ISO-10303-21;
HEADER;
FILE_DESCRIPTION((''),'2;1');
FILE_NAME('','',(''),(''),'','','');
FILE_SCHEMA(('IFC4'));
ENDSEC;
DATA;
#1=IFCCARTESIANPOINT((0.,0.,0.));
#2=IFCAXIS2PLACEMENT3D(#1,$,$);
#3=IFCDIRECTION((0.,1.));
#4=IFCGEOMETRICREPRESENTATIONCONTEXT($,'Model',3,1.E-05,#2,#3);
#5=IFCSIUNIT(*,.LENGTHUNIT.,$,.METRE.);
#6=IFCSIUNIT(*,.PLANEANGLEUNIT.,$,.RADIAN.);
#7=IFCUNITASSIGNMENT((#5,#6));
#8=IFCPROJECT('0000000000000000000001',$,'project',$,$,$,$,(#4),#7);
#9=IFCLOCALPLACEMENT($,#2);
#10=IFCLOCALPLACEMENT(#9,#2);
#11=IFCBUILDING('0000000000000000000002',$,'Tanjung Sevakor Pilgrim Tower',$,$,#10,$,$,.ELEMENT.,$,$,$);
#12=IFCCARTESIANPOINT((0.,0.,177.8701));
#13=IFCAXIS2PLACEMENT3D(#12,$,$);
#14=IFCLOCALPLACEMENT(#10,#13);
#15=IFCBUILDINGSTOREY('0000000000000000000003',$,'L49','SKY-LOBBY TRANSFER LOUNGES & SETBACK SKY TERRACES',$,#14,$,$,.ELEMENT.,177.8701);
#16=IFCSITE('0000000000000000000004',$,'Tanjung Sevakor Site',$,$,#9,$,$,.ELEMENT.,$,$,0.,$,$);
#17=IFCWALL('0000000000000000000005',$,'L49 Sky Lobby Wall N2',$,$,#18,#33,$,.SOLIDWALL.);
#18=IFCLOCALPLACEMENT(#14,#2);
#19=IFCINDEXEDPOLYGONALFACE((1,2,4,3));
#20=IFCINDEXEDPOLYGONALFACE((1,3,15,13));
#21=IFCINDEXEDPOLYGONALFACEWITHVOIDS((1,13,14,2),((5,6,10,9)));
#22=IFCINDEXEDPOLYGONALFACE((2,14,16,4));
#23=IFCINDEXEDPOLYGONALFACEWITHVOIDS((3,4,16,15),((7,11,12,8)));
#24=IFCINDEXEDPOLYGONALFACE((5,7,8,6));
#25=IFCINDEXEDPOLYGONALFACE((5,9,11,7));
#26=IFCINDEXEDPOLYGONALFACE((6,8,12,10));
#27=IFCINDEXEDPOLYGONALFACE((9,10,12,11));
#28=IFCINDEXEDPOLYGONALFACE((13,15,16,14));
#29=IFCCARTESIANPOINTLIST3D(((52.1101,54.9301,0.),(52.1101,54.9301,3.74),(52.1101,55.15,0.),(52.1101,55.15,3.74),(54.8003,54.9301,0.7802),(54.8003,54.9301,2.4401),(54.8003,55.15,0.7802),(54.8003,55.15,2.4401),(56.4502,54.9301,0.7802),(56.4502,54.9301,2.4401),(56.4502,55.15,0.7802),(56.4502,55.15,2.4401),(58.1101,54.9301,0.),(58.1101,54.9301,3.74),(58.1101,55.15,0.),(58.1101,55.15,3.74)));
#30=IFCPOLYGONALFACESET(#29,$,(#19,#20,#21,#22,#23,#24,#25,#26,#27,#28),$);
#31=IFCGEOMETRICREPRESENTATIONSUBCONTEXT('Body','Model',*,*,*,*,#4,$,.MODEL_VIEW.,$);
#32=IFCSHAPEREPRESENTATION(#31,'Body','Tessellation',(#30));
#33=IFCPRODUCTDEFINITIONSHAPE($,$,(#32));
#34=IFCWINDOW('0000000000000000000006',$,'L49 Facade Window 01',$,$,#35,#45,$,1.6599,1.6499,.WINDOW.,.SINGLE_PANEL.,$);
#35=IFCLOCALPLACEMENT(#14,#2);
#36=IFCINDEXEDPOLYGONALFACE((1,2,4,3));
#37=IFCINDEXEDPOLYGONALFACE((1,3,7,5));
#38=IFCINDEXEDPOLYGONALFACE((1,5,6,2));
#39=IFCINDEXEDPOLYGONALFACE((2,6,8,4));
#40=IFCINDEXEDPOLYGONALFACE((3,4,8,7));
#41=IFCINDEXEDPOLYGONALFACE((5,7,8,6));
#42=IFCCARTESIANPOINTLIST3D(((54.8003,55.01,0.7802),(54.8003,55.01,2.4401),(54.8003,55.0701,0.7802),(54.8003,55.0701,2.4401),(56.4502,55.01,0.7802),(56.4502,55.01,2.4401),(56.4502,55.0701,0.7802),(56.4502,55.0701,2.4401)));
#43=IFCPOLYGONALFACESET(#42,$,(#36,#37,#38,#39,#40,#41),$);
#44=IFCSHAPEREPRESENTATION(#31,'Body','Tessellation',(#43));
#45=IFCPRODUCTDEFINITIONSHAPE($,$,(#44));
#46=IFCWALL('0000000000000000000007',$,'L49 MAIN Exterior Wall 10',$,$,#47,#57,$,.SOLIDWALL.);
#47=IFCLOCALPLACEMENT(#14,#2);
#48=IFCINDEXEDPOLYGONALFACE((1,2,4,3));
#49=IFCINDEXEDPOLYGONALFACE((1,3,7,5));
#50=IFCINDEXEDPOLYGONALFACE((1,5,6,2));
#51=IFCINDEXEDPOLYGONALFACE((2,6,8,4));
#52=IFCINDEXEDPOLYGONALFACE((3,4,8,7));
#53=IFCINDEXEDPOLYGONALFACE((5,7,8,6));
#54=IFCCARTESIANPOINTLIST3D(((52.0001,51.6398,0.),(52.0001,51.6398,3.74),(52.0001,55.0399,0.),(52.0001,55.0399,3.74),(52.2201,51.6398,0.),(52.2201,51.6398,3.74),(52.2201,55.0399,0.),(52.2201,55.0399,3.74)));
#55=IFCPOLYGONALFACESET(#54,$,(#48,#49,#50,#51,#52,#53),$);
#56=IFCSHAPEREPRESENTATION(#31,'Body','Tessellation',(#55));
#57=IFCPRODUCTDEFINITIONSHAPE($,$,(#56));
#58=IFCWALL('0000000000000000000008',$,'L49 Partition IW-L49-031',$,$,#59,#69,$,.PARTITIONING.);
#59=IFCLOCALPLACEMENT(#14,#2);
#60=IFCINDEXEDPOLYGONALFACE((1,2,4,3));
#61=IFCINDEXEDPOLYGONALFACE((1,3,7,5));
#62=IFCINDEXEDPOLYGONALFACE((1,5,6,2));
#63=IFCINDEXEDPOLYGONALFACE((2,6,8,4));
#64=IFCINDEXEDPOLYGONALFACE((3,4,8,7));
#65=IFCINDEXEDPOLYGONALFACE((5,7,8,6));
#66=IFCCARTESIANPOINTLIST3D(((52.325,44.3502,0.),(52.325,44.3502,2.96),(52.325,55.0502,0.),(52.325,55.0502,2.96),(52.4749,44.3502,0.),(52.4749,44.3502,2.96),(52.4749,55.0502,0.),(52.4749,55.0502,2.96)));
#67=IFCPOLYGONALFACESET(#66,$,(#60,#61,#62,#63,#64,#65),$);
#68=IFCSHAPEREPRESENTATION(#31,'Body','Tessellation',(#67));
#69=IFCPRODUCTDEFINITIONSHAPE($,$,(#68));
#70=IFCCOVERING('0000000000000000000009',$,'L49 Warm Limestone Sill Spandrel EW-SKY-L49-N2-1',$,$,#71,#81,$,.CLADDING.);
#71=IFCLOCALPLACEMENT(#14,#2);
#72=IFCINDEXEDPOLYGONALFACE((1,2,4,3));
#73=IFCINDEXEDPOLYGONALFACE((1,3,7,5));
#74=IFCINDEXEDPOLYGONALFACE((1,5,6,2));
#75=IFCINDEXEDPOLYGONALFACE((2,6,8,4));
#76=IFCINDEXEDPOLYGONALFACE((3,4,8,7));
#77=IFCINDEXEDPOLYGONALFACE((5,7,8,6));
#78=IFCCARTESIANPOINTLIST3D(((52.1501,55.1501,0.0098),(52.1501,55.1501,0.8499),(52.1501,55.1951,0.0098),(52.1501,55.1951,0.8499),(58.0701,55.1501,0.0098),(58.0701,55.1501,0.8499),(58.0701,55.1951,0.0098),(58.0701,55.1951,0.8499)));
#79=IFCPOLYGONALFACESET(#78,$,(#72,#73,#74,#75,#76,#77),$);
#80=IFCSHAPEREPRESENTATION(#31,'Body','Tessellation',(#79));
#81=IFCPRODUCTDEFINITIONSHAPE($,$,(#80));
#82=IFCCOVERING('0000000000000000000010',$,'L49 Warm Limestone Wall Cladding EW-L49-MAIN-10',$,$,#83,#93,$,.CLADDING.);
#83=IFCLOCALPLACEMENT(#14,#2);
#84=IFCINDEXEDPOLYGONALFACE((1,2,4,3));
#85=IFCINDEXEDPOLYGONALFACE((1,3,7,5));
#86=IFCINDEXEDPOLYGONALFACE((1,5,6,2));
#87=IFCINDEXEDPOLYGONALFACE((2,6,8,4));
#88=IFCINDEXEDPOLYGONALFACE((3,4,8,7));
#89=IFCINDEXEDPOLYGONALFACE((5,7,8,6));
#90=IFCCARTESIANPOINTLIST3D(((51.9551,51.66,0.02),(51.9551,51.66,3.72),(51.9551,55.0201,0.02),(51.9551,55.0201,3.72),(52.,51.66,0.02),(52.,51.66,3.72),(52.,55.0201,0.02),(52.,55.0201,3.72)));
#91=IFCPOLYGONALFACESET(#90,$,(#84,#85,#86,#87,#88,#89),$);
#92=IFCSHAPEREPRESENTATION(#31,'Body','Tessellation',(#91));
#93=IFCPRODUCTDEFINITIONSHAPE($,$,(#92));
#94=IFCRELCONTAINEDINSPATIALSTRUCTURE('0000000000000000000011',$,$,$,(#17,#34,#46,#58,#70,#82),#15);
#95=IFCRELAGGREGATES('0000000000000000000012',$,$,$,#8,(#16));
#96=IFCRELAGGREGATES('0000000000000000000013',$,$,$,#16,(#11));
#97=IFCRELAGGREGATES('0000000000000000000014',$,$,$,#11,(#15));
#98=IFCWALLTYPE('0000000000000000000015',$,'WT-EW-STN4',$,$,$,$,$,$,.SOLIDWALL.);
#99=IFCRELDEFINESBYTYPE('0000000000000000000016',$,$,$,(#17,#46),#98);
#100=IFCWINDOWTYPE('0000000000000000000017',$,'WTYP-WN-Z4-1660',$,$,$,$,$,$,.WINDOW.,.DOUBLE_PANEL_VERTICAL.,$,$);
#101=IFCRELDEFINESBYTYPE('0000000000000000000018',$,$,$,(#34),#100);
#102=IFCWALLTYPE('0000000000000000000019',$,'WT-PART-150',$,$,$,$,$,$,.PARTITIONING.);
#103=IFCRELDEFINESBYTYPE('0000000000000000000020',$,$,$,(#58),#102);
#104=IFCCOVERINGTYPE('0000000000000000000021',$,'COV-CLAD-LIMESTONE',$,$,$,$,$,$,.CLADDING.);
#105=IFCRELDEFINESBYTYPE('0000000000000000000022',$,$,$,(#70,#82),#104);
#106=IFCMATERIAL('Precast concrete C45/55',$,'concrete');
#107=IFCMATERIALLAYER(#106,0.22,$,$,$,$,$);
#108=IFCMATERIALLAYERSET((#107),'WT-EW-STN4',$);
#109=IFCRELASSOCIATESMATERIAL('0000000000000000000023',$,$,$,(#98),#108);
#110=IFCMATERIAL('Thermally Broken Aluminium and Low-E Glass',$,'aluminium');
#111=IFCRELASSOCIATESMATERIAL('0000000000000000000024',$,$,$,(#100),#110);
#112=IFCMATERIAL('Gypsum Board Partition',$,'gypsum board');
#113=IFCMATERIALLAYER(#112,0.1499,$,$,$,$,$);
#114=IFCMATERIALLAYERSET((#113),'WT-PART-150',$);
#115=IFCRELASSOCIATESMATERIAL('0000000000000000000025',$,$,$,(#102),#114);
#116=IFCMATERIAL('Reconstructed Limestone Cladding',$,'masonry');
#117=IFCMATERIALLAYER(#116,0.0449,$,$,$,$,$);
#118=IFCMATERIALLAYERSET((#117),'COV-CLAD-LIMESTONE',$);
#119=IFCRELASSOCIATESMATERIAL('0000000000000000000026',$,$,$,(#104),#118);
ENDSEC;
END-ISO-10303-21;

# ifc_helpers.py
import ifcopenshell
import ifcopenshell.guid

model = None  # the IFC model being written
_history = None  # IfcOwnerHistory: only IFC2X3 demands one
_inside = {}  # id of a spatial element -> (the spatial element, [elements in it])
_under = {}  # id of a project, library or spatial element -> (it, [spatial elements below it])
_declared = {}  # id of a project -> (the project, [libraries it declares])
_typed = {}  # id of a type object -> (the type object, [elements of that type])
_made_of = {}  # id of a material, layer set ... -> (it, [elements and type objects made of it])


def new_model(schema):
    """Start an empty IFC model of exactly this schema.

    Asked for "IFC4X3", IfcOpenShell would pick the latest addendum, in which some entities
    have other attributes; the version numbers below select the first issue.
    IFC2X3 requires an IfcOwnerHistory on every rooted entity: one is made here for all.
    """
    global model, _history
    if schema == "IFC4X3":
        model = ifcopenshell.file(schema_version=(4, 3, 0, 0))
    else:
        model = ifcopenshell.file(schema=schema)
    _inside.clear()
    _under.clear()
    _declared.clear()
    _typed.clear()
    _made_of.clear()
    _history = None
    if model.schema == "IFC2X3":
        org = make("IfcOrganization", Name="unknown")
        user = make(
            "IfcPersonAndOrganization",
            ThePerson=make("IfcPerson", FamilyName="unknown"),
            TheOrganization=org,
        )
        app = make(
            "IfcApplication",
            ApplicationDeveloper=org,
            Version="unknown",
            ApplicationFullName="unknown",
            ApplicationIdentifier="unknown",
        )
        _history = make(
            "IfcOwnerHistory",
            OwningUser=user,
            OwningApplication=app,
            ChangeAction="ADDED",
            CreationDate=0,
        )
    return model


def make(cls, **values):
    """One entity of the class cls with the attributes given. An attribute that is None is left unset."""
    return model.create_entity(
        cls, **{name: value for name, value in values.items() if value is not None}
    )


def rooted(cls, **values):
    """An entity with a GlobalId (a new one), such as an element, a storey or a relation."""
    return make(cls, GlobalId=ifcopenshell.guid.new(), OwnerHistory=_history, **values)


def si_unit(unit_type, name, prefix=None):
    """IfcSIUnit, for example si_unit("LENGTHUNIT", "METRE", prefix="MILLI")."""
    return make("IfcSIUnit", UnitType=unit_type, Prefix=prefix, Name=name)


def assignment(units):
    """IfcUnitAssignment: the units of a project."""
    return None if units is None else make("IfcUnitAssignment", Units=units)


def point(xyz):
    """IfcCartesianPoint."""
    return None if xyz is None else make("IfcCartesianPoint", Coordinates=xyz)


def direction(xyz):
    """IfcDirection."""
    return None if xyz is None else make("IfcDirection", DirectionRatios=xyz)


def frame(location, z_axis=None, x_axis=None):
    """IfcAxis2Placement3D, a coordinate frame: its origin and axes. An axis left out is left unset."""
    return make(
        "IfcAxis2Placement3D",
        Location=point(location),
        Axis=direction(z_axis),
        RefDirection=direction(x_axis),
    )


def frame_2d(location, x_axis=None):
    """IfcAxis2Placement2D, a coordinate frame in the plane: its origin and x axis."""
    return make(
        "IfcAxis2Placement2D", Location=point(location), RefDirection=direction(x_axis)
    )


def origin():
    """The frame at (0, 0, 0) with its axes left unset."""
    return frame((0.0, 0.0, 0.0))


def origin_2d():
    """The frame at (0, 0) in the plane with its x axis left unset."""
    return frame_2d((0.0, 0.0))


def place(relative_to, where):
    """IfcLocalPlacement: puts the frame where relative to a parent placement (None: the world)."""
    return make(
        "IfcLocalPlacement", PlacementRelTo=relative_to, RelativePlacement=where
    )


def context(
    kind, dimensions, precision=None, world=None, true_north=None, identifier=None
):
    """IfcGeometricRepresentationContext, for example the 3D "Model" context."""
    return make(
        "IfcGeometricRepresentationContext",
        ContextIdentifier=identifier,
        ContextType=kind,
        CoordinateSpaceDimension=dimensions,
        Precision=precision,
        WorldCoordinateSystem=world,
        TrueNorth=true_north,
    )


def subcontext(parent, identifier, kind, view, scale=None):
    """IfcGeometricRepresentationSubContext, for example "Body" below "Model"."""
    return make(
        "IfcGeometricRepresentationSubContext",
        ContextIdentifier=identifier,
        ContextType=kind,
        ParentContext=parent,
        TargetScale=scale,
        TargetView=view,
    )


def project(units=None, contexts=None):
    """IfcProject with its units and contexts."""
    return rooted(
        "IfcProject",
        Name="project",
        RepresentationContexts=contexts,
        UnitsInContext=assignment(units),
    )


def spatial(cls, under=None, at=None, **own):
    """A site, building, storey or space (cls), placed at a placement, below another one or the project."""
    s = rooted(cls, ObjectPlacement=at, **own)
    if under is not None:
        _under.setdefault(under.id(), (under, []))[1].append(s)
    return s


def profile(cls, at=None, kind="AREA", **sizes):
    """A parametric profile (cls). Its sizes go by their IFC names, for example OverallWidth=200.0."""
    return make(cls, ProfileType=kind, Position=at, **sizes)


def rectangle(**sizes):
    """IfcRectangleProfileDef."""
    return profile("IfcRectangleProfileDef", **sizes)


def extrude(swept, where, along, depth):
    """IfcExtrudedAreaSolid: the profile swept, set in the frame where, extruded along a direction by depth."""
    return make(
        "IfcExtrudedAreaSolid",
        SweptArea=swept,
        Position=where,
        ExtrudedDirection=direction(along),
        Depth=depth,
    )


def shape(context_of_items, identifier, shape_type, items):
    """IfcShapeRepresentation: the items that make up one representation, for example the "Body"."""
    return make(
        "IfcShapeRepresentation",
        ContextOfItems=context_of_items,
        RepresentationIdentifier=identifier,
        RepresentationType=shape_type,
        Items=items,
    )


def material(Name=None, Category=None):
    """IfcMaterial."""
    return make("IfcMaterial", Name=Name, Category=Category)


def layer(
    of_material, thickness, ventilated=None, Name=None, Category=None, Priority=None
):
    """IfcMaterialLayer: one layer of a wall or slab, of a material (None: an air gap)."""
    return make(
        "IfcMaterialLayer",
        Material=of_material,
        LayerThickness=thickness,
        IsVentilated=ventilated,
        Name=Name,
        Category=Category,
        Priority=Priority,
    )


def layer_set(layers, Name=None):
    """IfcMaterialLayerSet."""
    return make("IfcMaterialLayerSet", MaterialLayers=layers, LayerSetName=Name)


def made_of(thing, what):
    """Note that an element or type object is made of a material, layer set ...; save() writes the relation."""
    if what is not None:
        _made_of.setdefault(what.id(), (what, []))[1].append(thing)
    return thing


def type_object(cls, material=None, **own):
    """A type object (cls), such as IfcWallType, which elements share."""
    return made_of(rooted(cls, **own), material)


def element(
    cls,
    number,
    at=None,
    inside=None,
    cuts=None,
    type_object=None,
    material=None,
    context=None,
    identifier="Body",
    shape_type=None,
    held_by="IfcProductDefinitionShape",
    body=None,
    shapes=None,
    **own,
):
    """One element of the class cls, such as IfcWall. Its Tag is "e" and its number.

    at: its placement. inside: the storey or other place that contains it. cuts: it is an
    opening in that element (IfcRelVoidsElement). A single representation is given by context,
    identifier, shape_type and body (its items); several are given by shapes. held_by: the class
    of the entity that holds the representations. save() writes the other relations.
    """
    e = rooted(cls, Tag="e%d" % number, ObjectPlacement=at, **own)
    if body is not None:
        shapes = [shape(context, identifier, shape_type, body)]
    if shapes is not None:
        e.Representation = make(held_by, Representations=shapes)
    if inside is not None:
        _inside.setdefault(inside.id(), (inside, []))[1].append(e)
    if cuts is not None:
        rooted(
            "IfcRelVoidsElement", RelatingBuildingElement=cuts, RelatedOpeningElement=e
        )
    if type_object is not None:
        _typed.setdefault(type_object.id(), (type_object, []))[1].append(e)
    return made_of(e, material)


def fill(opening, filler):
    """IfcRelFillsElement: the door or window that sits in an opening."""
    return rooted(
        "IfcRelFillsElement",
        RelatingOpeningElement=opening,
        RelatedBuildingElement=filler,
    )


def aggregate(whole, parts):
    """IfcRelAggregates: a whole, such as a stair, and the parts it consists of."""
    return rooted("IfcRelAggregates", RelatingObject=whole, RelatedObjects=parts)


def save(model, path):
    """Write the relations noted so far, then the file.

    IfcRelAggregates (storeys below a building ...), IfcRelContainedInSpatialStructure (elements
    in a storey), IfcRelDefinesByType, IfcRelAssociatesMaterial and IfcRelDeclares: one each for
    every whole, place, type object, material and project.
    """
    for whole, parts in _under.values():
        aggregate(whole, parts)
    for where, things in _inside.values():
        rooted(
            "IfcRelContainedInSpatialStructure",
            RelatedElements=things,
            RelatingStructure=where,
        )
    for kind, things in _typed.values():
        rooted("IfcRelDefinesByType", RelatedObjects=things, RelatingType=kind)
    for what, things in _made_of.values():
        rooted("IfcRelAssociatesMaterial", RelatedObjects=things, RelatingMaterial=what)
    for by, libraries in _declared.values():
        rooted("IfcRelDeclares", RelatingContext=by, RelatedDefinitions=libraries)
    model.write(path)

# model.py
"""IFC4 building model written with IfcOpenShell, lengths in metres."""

from ifc_helpers import new_model, si_unit, direction, frame, frame_2d, origin, origin_2d, place, context, subcontext, project, spatial, rectangle, extrude, material, layer, layer_set, type_object, element, fill, save


model = new_model("IFC4")

# Units and contexts
model_context = context("Model", 3, precision=1e-05, world=origin(), true_north=direction((0.0, 1.0)))
body_context = subcontext(model_context, "Body", "Model", "MODEL_VIEW")
ifc_project = project(units=[si_unit("LENGTHUNIT", "METRE"), si_unit("PLANEANGLEUNIT", "RADIAN")], contexts=[model_context])

# Site, building, storey
site_placement = place(None, origin())
site = spatial("IfcSite", under=ifc_project, at=site_placement, Name="Tanjung Sevakor Site", CompositionType="ELEMENT", RefElevation=0.0)
building_placement = place(site_placement, origin())
building = spatial("IfcBuilding", under=site, at=building_placement, Name="Tanjung Sevakor Pilgrim Tower", CompositionType="ELEMENT")
storey_placement = place(building_placement, frame((0.0, 0.0, 177.8701)))
storey = spatial("IfcBuildingStorey", under=building, at=storey_placement, Name="L49", Description="SKY-LOBBY TRANSFER LOUNGES & SETBACK SKY TERRACES", CompositionType="ELEMENT", Elevation=177.8701)

# Wall, opening, window
ifc_material_1 = material(Name="Precast concrete C45/55", Category="concrete")
ifc_layer_1 = layer(ifc_material_1, 0.22)
ifc_layer_set_1 = layer_set([ifc_layer_1], Name="WT-EW-STN4")
wall_type_1 = type_object("IfcWallType", Name="WT-EW-STN4", PredefinedType="SOLIDWALL", material=ifc_layer_set_1)
wall_1_placement = place(storey_placement, frame((58.1101, 55.04, 0.0), z_axis=(0.0, 0.0, 1.0), x_axis=(-1.0, 0.0, 0.0)))
wall_1 = element("IfcWall", 1, at=wall_1_placement, inside=storey, type_object=wall_type_1, Name="L49 Sky Lobby Wall N2", PredefinedType="SOLIDWALL", context=body_context, shape_type="SweptSolid", body=[
    extrude(rectangle(XDim=6.0, YDim=0.22, at=frame_2d((3.0, 0.0))), origin(), (0.0, 0.0, 1.0), 3.74),
])
opening_placement = place(wall_1_placement, frame((1.6599, 0.0, 0.78)))
opening = element("IfcOpeningElement", 2, at=opening_placement, cuts=wall_1, PredefinedType="OPENING", context=body_context, shape_type="SweptSolid", body=[
    extrude(rectangle(XDim=1.6499, YDim=1.6599, at=frame_2d((0.825, 0.8301))), frame((0.0, 0.1199, 0.0), z_axis=(0.0, -1.0, 0.0), x_axis=(1.0, 0.0, 0.0)), (0.0, 0.0, 1.0), 0.24),
])
ifc_material_2 = material(Name="Thermally Broken Aluminium and Low-E Glass", Category="aluminium")
window_type = type_object("IfcWindowType", Name="WTYP-WN-Z4-1660", PartitioningType="DOUBLE_PANEL_VERTICAL", PredefinedType="WINDOW", material=ifc_material_2)
window_placement = place(opening_placement, origin())
window = element("IfcWindow", 3, at=window_placement, inside=storey, type_object=window_type, Name="L49 Facade Window 01", OverallHeight=1.6599, OverallWidth=1.6499, PartitioningType="SINGLE_PANEL", PredefinedType="WINDOW", context=body_context, shape_type="SweptSolid", body=[
    extrude(rectangle(XDim=1.6499, YDim=1.6599, at=frame_2d((0.825, 0.8301))), frame((0.0, 0.03, 0.0), z_axis=(0.0, -1.0, 0.0), x_axis=(1.0, 0.0, 0.0)), (0.0, 0.0, 1.0), 0.0601),
])
fill(opening, window)

# Walls
wall_2_placement = place(storey_placement, frame((52.1101, 55.04, 0.0), z_axis=(0.0, 0.0, 1.0), x_axis=(0.0, -1.0, 0.0)))
element("IfcWall", 4, at=wall_2_placement, inside=storey, type_object=wall_type_1, Name="L49 MAIN Exterior Wall 10", PredefinedType="SOLIDWALL", context=body_context, shape_type="SweptSolid", body=[
    extrude(rectangle(XDim=3.4001, YDim=0.22, at=frame_2d((1.7002, 0.0))), origin(), (0.0, 0.0, 1.0), 3.74),
])
ifc_material_3 = material(Name="Gypsum Board Partition", Category="gypsum board")
ifc_layer_2 = layer(ifc_material_3, 0.1499)
ifc_layer_set_2 = layer_set([ifc_layer_2], Name="WT-PART-150")
wall_type_2 = type_object("IfcWallType", Name="WT-PART-150", PredefinedType="PARTITIONING", material=ifc_layer_set_2)
wall_3_placement = place(storey_placement, frame((52.3999, 44.3501, 0.0), z_axis=(0.0, 0.0, 1.0), x_axis=(0.0, 1.0, 0.0)))
element("IfcWall", 5, at=wall_3_placement, inside=storey, type_object=wall_type_2, Name="L49 Partition IW-L49-031", PredefinedType="PARTITIONING", context=body_context, shape_type="SweptSolid", body=[
    extrude(rectangle(XDim=10.7, YDim=0.1499, at=frame_2d((5.3501, 0.0))), origin(), (0.0, 0.0, 1.0), 2.96),
])

# Coverings
ifc_material_4 = material(Name="Reconstructed Limestone Cladding", Category="masonry")
ifc_layer_3 = layer(ifc_material_4, 0.0449)
ifc_layer_set_3 = layer_set([ifc_layer_3], Name="COV-CLAD-LIMESTONE")
covering_type = type_object("IfcCoveringType", Name="COV-CLAD-LIMESTONE", PredefinedType="CLADDING", material=ifc_layer_set_3)
covering_1_placement = place(storey_placement, frame((55.1101, 55.1726, 0.0098), z_axis=(0.0, 0.0, 1.0), x_axis=(-1.0, 0.0, 0.0)))
element("IfcCovering", 6, at=covering_1_placement, inside=storey, type_object=covering_type, Name="L49 Warm Limestone Sill Spandrel EW-SKY-L49-N2-1", PredefinedType="CLADDING", context=body_context, shape_type="SweptSolid", body=[
    extrude(rectangle(XDim=5.9199, YDim=0.0449, at=origin_2d()), origin(), (0.0, 0.0, 1.0), 0.8401),
])
covering_2_placement = place(storey_placement, frame((51.9775, 53.3401, 0.02), z_axis=(0.0, 0.0, 1.0), x_axis=(0.0, -1.0, 0.0)))
element("IfcCovering", 7, at=covering_2_placement, inside=storey, type_object=covering_type, Name="L49 Warm Limestone Wall Cladding EW-L49-MAIN-10", PredefinedType="CLADDING", context=body_context, shape_type="SweptSolid", body=[
    extrude(rectangle(XDim=3.3601, YDim=0.0449, at=origin_2d()), origin(), (0.0, 0.0, 1.0), 3.7),
])

save(model, "model.ifc")
